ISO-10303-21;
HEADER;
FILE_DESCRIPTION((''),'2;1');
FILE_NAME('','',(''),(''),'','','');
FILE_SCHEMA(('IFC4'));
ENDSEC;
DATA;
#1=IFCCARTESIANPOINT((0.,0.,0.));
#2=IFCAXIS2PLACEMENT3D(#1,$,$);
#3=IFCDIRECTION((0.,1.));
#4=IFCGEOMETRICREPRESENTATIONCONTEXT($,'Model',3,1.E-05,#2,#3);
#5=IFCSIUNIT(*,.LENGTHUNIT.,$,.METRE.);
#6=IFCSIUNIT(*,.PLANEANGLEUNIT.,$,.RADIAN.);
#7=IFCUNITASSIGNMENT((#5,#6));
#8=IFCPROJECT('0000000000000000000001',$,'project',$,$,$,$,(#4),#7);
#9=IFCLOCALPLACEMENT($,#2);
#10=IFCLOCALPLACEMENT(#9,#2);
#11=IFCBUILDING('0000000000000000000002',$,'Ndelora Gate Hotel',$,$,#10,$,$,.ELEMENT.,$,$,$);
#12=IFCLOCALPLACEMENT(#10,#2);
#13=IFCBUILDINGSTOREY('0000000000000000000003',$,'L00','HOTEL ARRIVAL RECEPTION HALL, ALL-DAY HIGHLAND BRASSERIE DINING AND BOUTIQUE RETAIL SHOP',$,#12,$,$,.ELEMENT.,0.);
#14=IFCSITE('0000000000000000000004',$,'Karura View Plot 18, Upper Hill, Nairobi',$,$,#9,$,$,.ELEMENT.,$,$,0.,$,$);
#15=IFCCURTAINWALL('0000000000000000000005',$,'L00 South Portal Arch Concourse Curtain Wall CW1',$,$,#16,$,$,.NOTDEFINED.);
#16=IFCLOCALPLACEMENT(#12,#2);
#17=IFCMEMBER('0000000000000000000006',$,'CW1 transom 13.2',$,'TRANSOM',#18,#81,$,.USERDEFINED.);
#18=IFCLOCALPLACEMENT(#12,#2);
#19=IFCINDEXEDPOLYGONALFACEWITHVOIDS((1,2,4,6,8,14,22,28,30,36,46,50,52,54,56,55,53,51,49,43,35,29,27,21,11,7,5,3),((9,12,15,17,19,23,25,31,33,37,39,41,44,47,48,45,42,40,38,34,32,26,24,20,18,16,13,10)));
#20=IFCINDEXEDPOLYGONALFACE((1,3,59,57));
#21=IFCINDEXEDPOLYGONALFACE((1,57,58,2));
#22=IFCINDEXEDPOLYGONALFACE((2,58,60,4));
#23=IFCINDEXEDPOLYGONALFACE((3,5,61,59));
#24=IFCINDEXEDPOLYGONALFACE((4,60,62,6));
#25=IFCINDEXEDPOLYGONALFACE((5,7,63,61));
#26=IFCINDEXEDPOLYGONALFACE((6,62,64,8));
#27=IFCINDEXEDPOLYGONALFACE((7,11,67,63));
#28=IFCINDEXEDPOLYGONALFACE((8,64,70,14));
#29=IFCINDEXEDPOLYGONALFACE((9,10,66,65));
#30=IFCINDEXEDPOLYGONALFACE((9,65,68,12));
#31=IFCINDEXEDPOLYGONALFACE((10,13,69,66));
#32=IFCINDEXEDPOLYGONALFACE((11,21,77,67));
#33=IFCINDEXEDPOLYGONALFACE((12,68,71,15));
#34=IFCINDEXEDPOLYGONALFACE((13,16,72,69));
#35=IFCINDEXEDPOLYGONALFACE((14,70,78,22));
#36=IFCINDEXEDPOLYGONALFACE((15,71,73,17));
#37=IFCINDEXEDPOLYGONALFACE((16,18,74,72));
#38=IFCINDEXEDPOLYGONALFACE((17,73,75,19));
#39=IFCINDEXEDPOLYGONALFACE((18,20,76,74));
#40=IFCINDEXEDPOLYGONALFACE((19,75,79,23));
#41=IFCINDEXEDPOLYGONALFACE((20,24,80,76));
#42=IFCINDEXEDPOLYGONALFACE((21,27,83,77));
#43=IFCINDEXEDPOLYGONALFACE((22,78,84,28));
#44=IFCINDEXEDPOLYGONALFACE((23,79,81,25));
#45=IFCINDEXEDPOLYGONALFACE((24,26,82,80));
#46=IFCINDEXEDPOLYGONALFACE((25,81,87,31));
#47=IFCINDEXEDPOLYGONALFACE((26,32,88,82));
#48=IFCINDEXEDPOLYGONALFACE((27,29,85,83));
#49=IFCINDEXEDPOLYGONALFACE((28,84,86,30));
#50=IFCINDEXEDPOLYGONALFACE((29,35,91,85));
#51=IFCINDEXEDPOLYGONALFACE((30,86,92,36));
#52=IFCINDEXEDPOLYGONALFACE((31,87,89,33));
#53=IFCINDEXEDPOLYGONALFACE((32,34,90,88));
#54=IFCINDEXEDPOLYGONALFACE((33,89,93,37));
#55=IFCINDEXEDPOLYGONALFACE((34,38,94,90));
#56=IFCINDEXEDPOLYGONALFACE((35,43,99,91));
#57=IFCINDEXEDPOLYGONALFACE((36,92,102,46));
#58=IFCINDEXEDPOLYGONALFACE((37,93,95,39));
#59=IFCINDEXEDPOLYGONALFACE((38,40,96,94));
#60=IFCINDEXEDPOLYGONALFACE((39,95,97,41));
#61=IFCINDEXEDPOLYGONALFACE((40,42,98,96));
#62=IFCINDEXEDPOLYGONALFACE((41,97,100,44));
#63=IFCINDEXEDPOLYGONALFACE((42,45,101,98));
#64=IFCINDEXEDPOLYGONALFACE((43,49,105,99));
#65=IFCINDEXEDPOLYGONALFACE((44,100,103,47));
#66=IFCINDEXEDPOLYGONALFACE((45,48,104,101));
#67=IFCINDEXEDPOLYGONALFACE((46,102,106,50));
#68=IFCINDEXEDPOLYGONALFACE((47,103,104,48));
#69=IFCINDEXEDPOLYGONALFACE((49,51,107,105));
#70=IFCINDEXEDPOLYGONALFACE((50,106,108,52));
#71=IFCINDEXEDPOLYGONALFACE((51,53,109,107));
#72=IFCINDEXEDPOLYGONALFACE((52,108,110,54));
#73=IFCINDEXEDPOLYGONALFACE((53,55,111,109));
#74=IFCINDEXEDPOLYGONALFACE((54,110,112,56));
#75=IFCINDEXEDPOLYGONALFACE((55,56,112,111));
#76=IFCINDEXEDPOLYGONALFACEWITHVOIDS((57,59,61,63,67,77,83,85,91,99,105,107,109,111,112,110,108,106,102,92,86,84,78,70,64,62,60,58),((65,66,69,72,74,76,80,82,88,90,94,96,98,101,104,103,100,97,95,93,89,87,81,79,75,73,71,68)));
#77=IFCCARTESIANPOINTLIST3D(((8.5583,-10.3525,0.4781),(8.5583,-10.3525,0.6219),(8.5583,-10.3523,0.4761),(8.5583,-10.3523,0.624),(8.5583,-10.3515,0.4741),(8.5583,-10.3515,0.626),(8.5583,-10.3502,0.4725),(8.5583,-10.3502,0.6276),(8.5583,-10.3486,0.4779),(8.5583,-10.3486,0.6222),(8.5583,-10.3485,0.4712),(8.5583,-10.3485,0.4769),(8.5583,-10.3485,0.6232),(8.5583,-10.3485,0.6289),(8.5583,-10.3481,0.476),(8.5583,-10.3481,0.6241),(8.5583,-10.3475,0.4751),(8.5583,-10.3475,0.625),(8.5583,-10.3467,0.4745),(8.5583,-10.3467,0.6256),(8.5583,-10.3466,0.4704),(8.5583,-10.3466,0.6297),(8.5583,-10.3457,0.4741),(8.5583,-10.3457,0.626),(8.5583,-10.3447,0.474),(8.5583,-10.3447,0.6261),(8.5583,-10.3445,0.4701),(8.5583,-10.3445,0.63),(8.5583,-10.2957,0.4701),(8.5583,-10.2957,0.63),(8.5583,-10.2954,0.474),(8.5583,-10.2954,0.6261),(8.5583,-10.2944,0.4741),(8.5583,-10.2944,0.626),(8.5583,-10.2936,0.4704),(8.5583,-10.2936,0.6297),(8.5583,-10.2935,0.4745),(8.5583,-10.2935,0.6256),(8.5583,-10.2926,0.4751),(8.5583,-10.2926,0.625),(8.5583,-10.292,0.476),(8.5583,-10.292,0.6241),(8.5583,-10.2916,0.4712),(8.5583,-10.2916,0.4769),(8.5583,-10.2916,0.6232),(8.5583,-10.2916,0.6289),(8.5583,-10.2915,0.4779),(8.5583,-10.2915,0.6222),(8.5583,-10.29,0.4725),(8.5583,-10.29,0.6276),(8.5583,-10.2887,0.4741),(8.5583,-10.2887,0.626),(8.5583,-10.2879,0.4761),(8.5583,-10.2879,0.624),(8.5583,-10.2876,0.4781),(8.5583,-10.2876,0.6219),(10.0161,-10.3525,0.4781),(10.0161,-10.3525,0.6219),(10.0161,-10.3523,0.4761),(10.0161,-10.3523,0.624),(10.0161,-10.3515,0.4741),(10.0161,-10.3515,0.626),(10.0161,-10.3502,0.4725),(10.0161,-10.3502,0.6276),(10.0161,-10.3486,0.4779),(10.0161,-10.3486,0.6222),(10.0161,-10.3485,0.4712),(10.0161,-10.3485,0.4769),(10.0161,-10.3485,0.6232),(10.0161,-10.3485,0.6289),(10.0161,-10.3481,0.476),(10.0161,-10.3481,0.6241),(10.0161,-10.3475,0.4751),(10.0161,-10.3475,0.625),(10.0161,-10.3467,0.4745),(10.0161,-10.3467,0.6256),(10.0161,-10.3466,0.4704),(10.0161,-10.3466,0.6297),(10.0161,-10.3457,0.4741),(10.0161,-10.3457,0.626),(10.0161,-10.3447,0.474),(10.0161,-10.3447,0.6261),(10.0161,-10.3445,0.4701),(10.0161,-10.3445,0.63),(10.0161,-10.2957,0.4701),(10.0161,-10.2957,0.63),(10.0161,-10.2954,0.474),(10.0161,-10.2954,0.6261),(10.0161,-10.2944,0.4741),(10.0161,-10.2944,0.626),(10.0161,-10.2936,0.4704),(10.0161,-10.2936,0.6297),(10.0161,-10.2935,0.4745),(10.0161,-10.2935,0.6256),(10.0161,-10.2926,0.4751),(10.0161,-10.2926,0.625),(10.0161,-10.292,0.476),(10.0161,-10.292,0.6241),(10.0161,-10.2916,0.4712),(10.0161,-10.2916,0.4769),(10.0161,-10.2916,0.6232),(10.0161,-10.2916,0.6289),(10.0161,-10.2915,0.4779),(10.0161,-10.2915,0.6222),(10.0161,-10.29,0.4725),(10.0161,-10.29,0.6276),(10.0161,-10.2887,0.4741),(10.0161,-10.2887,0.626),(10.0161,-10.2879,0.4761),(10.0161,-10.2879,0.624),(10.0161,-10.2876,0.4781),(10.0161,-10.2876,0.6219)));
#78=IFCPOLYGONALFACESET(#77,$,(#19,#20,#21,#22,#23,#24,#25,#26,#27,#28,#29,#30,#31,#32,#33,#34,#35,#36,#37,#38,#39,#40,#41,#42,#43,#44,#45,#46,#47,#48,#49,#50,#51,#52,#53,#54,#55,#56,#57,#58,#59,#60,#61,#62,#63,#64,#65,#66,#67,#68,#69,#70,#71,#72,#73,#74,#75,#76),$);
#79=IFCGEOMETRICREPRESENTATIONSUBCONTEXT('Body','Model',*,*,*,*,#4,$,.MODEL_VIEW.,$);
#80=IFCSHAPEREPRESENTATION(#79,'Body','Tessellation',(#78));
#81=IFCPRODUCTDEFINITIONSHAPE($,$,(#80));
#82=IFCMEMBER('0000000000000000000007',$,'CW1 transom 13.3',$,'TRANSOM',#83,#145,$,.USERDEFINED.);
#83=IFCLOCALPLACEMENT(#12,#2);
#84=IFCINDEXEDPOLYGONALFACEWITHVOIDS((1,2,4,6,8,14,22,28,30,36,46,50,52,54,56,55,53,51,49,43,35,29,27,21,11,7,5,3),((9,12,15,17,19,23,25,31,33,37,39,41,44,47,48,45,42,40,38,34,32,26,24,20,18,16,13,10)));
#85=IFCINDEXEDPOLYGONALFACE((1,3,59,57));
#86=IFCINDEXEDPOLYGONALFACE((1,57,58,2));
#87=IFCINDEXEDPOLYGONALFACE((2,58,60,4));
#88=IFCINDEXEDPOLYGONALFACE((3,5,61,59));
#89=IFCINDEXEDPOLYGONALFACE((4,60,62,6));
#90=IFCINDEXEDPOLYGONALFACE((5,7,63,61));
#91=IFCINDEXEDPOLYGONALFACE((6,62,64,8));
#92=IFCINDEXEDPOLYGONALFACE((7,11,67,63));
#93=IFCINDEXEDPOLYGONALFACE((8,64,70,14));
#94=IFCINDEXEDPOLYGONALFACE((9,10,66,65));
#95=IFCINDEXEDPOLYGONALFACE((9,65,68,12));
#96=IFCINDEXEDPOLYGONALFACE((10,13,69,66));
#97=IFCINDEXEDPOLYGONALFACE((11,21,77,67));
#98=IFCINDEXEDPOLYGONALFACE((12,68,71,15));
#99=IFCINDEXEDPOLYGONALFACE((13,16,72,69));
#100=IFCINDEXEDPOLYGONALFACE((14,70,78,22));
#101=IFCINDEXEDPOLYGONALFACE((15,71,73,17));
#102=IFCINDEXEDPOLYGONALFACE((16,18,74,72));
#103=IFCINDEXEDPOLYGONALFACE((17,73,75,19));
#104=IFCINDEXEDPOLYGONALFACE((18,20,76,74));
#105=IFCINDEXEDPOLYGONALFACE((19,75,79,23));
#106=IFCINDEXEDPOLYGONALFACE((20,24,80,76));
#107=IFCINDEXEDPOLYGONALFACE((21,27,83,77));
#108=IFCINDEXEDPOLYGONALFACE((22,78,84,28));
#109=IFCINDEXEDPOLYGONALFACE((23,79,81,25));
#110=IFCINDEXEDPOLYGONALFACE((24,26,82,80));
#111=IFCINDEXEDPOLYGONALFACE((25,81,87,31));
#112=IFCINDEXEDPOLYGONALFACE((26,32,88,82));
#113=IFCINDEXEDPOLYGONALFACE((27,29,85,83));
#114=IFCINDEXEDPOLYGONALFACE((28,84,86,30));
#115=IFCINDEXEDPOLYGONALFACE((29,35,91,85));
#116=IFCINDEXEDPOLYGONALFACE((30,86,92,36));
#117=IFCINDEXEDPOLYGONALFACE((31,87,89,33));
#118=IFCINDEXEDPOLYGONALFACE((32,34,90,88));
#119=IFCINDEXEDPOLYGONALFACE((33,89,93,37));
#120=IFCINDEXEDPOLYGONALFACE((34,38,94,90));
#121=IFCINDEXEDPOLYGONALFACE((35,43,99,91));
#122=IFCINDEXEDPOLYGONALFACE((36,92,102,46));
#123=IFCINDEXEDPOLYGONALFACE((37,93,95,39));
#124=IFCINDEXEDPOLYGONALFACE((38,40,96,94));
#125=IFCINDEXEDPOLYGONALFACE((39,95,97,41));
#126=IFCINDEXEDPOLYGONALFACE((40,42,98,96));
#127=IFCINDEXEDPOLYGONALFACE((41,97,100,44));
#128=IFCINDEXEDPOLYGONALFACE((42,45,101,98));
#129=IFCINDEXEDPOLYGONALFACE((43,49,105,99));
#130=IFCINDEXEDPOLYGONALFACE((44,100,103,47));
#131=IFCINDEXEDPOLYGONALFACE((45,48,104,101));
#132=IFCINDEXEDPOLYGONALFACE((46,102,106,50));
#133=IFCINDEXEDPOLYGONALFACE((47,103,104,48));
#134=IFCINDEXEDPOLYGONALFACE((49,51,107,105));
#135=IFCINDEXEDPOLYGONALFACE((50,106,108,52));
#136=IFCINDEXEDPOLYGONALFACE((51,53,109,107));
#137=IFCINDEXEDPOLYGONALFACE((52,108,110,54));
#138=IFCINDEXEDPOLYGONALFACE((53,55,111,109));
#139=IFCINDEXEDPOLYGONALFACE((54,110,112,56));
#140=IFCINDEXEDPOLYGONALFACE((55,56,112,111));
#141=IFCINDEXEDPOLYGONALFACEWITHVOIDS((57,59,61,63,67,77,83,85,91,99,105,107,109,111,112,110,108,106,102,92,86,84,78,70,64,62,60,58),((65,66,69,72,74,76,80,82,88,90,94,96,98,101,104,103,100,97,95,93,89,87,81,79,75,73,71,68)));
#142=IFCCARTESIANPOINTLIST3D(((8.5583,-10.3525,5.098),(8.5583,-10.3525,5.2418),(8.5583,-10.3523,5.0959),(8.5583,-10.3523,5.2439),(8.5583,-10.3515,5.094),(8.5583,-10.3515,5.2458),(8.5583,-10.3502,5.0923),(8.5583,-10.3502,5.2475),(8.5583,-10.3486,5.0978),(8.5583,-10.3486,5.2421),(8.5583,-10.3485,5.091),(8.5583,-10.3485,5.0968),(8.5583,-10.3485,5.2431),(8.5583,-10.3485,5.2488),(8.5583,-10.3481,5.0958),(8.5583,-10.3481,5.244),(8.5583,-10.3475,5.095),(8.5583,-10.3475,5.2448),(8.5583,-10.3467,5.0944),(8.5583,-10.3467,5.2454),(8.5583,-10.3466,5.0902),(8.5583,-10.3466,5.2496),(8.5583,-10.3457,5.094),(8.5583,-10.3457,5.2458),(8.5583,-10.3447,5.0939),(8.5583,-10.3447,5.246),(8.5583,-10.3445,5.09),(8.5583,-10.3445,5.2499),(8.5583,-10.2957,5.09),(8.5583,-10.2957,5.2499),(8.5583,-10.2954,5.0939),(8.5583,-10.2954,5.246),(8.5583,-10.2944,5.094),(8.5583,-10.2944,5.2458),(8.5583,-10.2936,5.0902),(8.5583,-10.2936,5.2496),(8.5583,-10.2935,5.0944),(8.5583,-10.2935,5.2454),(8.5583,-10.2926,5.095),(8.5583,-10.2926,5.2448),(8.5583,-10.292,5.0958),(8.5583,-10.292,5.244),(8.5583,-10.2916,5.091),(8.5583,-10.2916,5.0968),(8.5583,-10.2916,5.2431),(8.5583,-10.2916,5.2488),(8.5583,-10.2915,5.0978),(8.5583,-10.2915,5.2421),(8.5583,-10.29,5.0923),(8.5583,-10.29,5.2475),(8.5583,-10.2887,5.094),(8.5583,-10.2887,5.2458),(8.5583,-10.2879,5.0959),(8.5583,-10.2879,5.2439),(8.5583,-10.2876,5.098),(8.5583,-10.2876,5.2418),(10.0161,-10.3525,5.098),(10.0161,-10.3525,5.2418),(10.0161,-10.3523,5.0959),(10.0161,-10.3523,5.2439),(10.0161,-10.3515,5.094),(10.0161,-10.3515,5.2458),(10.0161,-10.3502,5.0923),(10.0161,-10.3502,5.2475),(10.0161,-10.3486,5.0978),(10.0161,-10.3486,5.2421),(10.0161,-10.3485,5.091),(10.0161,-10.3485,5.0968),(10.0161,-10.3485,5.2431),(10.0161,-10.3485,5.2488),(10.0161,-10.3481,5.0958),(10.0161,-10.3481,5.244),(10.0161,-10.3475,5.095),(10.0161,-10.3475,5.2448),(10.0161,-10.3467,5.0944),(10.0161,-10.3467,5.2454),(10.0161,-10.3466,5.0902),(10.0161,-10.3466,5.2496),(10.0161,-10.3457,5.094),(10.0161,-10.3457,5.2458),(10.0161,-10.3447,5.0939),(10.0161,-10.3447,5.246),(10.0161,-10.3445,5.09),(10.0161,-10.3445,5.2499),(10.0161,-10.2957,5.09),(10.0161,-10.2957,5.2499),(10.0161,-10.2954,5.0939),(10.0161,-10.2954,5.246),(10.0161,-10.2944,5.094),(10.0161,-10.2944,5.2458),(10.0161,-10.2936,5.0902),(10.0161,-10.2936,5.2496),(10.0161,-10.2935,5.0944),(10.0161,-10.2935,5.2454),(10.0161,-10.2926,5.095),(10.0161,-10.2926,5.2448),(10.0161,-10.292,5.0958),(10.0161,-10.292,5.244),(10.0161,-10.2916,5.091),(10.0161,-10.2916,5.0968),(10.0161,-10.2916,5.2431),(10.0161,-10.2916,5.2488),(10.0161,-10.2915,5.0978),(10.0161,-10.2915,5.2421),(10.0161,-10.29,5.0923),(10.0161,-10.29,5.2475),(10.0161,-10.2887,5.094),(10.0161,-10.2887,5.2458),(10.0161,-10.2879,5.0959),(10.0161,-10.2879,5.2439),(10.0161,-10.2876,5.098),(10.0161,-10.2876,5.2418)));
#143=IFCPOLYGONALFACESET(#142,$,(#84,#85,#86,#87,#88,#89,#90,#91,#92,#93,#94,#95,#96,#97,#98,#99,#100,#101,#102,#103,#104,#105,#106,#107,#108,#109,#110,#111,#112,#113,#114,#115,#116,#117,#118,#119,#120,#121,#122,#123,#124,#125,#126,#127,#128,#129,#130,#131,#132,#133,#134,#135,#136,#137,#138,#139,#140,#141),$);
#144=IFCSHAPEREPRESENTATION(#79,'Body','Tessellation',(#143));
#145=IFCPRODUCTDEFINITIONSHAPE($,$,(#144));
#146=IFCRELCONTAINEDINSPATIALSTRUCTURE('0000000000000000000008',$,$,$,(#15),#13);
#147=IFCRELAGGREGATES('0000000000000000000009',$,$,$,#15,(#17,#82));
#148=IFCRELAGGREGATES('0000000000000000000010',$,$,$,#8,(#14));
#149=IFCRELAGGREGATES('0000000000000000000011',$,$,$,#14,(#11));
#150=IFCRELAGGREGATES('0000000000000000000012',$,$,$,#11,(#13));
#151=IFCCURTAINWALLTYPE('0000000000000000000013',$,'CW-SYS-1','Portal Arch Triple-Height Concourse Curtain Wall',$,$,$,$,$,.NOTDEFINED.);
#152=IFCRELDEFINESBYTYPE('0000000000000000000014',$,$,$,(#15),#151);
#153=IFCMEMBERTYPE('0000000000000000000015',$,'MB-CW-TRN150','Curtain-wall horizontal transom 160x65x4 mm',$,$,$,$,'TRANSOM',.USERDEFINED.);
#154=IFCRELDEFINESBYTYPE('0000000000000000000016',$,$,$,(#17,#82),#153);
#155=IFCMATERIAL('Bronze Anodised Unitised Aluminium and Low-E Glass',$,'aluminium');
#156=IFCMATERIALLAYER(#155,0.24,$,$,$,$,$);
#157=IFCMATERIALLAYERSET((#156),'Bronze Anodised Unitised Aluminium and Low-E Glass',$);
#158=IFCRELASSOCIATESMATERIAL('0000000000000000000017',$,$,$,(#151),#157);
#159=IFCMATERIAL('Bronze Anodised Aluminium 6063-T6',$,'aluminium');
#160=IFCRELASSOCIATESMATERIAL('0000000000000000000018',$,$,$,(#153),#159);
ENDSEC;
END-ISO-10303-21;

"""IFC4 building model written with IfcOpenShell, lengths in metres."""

from ifc_helpers import new_model, si_unit, direction, frame, origin, origin_2d, place, context, subcontext, project, spatial, hollow_rectangle, extrude, material, layer, layer_set, material_profile, profile_set, type_object, element, aggregate, save


model = new_model("IFC4")

# Units and contexts
model_context = context("Model", 3, precision=1e-05, world=origin(), true_north=direction((0.0, 1.0)))
body_context = subcontext(model_context, "Body", "Model", "MODEL_VIEW")
ifc_project = project(units=[si_unit("LENGTHUNIT", "METRE"), si_unit("PLANEANGLEUNIT", "RADIAN")], contexts=[model_context])

# Site, building, storey
site_placement = place(None, origin())
site = spatial("IfcSite", under=ifc_project, at=site_placement, Name="Karura View Plot 18, Upper Hill, Nairobi", CompositionType="ELEMENT", RefElevation=0.0)
building_placement = place(site_placement, origin())
building = spatial("IfcBuilding", under=site, at=building_placement, Name="Ndelora Gate Hotel", CompositionType="ELEMENT")
storey_placement = place(building_placement, origin())
storey = spatial("IfcBuildingStorey", under=building, at=storey_placement, Name="L00", Description="HOTEL ARRIVAL RECEPTION HALL, ALL-DAY HIGHLAND BRASSERIE DINING AND BOUTIQUE RETAIL SHOP", CompositionType="ELEMENT", Elevation=0.0)

# Curtain wall, members
ifc_material_1 = material(Name="Bronze Anodised Unitised Aluminium and Low-E Glass", Category="aluminium")
ifc_layer_1 = layer(ifc_material_1, 0.24)
ifc_layer_set_1 = layer_set([ifc_layer_1], Name="Bronze Anodised Unitised Aluminium and Low-E Glass")
curtain_wall_type = type_object("IfcCurtainWallType", Name="CW-SYS-1", Description="Portal Arch Triple-Height Concourse Curtain Wall", PredefinedType="NOTDEFINED", material=ifc_layer_set_1)
curtain_wall_placement = place(storey_placement, origin())
curtain_wall = element("IfcCurtainWall", 1, at=curtain_wall_placement, inside=storey, type_object=curtain_wall_type, Name="L00 South Portal Arch Concourse Curtain Wall CW1", PredefinedType="NOTDEFINED")
ifc_material_2 = material(Name="Bronze Anodised Aluminium 6063-T6", Category="aluminium")
ifc_material_profile_1 = material_profile(ifc_material_2, hollow_rectangle(XDim=0.0649, YDim=0.1599, WallThickness=0.0039, InnerFilletRadius=0.0039, OuterFilletRadius=0.0081, at=origin_2d()), Name="ALU 160x65x4")
ifc_profile_set_1 = profile_set([ifc_material_profile_1], Name="Bronze Anodised Aluminium 6063-T6")
member_type_1 = type_object("IfcMemberType", Name="MB-CW-TRN150", Description="Curtain-wall horizontal transom 160x65x4 mm", ElementType="TRANSOM", PredefinedType="USERDEFINED", material=ifc_profile_set_1)
member_1_placement = place(storey_placement, frame((8.5583, -10.3201, 0.55), z_axis=(1.0, 0.0, 0.0), x_axis=(0.0, 1.0, 0.0)))
member_1 = element("IfcMember", 2, at=member_1_placement, type_object=member_type_1, Name="CW1 transom 13.2", ObjectType="TRANSOM", PredefinedType="USERDEFINED", context=body_context, shape_type="SweptSolid", body=[
    extrude(hollow_rectangle(XDim=0.0649, YDim=0.1599, WallThickness=0.0039, InnerFilletRadius=0.0039, OuterFilletRadius=0.0081, at=origin_2d()), origin(), (0.0, 0.0, 1.0), 1.4578),
])
member_2_placement = place(storey_placement, frame((8.5583, -10.3201, 5.1699), z_axis=(1.0, 0.0, 0.0), x_axis=(0.0, 1.0, 0.0)))
member_2 = element("IfcMember", 3, at=member_2_placement, type_object=member_type_1, Name="CW1 transom 13.3", ObjectType="TRANSOM", PredefinedType="USERDEFINED", context=body_context, shape_type="SweptSolid", body=[
    extrude(hollow_rectangle(XDim=0.0649, YDim=0.1599, WallThickness=0.0039, InnerFilletRadius=0.0039, OuterFilletRadius=0.0081, at=origin_2d()), origin(), (0.0, 0.0, 1.0), 1.4578),
])
aggregate(curtain_wall, [member_1, member_2])

save(model, "model.ifc")
